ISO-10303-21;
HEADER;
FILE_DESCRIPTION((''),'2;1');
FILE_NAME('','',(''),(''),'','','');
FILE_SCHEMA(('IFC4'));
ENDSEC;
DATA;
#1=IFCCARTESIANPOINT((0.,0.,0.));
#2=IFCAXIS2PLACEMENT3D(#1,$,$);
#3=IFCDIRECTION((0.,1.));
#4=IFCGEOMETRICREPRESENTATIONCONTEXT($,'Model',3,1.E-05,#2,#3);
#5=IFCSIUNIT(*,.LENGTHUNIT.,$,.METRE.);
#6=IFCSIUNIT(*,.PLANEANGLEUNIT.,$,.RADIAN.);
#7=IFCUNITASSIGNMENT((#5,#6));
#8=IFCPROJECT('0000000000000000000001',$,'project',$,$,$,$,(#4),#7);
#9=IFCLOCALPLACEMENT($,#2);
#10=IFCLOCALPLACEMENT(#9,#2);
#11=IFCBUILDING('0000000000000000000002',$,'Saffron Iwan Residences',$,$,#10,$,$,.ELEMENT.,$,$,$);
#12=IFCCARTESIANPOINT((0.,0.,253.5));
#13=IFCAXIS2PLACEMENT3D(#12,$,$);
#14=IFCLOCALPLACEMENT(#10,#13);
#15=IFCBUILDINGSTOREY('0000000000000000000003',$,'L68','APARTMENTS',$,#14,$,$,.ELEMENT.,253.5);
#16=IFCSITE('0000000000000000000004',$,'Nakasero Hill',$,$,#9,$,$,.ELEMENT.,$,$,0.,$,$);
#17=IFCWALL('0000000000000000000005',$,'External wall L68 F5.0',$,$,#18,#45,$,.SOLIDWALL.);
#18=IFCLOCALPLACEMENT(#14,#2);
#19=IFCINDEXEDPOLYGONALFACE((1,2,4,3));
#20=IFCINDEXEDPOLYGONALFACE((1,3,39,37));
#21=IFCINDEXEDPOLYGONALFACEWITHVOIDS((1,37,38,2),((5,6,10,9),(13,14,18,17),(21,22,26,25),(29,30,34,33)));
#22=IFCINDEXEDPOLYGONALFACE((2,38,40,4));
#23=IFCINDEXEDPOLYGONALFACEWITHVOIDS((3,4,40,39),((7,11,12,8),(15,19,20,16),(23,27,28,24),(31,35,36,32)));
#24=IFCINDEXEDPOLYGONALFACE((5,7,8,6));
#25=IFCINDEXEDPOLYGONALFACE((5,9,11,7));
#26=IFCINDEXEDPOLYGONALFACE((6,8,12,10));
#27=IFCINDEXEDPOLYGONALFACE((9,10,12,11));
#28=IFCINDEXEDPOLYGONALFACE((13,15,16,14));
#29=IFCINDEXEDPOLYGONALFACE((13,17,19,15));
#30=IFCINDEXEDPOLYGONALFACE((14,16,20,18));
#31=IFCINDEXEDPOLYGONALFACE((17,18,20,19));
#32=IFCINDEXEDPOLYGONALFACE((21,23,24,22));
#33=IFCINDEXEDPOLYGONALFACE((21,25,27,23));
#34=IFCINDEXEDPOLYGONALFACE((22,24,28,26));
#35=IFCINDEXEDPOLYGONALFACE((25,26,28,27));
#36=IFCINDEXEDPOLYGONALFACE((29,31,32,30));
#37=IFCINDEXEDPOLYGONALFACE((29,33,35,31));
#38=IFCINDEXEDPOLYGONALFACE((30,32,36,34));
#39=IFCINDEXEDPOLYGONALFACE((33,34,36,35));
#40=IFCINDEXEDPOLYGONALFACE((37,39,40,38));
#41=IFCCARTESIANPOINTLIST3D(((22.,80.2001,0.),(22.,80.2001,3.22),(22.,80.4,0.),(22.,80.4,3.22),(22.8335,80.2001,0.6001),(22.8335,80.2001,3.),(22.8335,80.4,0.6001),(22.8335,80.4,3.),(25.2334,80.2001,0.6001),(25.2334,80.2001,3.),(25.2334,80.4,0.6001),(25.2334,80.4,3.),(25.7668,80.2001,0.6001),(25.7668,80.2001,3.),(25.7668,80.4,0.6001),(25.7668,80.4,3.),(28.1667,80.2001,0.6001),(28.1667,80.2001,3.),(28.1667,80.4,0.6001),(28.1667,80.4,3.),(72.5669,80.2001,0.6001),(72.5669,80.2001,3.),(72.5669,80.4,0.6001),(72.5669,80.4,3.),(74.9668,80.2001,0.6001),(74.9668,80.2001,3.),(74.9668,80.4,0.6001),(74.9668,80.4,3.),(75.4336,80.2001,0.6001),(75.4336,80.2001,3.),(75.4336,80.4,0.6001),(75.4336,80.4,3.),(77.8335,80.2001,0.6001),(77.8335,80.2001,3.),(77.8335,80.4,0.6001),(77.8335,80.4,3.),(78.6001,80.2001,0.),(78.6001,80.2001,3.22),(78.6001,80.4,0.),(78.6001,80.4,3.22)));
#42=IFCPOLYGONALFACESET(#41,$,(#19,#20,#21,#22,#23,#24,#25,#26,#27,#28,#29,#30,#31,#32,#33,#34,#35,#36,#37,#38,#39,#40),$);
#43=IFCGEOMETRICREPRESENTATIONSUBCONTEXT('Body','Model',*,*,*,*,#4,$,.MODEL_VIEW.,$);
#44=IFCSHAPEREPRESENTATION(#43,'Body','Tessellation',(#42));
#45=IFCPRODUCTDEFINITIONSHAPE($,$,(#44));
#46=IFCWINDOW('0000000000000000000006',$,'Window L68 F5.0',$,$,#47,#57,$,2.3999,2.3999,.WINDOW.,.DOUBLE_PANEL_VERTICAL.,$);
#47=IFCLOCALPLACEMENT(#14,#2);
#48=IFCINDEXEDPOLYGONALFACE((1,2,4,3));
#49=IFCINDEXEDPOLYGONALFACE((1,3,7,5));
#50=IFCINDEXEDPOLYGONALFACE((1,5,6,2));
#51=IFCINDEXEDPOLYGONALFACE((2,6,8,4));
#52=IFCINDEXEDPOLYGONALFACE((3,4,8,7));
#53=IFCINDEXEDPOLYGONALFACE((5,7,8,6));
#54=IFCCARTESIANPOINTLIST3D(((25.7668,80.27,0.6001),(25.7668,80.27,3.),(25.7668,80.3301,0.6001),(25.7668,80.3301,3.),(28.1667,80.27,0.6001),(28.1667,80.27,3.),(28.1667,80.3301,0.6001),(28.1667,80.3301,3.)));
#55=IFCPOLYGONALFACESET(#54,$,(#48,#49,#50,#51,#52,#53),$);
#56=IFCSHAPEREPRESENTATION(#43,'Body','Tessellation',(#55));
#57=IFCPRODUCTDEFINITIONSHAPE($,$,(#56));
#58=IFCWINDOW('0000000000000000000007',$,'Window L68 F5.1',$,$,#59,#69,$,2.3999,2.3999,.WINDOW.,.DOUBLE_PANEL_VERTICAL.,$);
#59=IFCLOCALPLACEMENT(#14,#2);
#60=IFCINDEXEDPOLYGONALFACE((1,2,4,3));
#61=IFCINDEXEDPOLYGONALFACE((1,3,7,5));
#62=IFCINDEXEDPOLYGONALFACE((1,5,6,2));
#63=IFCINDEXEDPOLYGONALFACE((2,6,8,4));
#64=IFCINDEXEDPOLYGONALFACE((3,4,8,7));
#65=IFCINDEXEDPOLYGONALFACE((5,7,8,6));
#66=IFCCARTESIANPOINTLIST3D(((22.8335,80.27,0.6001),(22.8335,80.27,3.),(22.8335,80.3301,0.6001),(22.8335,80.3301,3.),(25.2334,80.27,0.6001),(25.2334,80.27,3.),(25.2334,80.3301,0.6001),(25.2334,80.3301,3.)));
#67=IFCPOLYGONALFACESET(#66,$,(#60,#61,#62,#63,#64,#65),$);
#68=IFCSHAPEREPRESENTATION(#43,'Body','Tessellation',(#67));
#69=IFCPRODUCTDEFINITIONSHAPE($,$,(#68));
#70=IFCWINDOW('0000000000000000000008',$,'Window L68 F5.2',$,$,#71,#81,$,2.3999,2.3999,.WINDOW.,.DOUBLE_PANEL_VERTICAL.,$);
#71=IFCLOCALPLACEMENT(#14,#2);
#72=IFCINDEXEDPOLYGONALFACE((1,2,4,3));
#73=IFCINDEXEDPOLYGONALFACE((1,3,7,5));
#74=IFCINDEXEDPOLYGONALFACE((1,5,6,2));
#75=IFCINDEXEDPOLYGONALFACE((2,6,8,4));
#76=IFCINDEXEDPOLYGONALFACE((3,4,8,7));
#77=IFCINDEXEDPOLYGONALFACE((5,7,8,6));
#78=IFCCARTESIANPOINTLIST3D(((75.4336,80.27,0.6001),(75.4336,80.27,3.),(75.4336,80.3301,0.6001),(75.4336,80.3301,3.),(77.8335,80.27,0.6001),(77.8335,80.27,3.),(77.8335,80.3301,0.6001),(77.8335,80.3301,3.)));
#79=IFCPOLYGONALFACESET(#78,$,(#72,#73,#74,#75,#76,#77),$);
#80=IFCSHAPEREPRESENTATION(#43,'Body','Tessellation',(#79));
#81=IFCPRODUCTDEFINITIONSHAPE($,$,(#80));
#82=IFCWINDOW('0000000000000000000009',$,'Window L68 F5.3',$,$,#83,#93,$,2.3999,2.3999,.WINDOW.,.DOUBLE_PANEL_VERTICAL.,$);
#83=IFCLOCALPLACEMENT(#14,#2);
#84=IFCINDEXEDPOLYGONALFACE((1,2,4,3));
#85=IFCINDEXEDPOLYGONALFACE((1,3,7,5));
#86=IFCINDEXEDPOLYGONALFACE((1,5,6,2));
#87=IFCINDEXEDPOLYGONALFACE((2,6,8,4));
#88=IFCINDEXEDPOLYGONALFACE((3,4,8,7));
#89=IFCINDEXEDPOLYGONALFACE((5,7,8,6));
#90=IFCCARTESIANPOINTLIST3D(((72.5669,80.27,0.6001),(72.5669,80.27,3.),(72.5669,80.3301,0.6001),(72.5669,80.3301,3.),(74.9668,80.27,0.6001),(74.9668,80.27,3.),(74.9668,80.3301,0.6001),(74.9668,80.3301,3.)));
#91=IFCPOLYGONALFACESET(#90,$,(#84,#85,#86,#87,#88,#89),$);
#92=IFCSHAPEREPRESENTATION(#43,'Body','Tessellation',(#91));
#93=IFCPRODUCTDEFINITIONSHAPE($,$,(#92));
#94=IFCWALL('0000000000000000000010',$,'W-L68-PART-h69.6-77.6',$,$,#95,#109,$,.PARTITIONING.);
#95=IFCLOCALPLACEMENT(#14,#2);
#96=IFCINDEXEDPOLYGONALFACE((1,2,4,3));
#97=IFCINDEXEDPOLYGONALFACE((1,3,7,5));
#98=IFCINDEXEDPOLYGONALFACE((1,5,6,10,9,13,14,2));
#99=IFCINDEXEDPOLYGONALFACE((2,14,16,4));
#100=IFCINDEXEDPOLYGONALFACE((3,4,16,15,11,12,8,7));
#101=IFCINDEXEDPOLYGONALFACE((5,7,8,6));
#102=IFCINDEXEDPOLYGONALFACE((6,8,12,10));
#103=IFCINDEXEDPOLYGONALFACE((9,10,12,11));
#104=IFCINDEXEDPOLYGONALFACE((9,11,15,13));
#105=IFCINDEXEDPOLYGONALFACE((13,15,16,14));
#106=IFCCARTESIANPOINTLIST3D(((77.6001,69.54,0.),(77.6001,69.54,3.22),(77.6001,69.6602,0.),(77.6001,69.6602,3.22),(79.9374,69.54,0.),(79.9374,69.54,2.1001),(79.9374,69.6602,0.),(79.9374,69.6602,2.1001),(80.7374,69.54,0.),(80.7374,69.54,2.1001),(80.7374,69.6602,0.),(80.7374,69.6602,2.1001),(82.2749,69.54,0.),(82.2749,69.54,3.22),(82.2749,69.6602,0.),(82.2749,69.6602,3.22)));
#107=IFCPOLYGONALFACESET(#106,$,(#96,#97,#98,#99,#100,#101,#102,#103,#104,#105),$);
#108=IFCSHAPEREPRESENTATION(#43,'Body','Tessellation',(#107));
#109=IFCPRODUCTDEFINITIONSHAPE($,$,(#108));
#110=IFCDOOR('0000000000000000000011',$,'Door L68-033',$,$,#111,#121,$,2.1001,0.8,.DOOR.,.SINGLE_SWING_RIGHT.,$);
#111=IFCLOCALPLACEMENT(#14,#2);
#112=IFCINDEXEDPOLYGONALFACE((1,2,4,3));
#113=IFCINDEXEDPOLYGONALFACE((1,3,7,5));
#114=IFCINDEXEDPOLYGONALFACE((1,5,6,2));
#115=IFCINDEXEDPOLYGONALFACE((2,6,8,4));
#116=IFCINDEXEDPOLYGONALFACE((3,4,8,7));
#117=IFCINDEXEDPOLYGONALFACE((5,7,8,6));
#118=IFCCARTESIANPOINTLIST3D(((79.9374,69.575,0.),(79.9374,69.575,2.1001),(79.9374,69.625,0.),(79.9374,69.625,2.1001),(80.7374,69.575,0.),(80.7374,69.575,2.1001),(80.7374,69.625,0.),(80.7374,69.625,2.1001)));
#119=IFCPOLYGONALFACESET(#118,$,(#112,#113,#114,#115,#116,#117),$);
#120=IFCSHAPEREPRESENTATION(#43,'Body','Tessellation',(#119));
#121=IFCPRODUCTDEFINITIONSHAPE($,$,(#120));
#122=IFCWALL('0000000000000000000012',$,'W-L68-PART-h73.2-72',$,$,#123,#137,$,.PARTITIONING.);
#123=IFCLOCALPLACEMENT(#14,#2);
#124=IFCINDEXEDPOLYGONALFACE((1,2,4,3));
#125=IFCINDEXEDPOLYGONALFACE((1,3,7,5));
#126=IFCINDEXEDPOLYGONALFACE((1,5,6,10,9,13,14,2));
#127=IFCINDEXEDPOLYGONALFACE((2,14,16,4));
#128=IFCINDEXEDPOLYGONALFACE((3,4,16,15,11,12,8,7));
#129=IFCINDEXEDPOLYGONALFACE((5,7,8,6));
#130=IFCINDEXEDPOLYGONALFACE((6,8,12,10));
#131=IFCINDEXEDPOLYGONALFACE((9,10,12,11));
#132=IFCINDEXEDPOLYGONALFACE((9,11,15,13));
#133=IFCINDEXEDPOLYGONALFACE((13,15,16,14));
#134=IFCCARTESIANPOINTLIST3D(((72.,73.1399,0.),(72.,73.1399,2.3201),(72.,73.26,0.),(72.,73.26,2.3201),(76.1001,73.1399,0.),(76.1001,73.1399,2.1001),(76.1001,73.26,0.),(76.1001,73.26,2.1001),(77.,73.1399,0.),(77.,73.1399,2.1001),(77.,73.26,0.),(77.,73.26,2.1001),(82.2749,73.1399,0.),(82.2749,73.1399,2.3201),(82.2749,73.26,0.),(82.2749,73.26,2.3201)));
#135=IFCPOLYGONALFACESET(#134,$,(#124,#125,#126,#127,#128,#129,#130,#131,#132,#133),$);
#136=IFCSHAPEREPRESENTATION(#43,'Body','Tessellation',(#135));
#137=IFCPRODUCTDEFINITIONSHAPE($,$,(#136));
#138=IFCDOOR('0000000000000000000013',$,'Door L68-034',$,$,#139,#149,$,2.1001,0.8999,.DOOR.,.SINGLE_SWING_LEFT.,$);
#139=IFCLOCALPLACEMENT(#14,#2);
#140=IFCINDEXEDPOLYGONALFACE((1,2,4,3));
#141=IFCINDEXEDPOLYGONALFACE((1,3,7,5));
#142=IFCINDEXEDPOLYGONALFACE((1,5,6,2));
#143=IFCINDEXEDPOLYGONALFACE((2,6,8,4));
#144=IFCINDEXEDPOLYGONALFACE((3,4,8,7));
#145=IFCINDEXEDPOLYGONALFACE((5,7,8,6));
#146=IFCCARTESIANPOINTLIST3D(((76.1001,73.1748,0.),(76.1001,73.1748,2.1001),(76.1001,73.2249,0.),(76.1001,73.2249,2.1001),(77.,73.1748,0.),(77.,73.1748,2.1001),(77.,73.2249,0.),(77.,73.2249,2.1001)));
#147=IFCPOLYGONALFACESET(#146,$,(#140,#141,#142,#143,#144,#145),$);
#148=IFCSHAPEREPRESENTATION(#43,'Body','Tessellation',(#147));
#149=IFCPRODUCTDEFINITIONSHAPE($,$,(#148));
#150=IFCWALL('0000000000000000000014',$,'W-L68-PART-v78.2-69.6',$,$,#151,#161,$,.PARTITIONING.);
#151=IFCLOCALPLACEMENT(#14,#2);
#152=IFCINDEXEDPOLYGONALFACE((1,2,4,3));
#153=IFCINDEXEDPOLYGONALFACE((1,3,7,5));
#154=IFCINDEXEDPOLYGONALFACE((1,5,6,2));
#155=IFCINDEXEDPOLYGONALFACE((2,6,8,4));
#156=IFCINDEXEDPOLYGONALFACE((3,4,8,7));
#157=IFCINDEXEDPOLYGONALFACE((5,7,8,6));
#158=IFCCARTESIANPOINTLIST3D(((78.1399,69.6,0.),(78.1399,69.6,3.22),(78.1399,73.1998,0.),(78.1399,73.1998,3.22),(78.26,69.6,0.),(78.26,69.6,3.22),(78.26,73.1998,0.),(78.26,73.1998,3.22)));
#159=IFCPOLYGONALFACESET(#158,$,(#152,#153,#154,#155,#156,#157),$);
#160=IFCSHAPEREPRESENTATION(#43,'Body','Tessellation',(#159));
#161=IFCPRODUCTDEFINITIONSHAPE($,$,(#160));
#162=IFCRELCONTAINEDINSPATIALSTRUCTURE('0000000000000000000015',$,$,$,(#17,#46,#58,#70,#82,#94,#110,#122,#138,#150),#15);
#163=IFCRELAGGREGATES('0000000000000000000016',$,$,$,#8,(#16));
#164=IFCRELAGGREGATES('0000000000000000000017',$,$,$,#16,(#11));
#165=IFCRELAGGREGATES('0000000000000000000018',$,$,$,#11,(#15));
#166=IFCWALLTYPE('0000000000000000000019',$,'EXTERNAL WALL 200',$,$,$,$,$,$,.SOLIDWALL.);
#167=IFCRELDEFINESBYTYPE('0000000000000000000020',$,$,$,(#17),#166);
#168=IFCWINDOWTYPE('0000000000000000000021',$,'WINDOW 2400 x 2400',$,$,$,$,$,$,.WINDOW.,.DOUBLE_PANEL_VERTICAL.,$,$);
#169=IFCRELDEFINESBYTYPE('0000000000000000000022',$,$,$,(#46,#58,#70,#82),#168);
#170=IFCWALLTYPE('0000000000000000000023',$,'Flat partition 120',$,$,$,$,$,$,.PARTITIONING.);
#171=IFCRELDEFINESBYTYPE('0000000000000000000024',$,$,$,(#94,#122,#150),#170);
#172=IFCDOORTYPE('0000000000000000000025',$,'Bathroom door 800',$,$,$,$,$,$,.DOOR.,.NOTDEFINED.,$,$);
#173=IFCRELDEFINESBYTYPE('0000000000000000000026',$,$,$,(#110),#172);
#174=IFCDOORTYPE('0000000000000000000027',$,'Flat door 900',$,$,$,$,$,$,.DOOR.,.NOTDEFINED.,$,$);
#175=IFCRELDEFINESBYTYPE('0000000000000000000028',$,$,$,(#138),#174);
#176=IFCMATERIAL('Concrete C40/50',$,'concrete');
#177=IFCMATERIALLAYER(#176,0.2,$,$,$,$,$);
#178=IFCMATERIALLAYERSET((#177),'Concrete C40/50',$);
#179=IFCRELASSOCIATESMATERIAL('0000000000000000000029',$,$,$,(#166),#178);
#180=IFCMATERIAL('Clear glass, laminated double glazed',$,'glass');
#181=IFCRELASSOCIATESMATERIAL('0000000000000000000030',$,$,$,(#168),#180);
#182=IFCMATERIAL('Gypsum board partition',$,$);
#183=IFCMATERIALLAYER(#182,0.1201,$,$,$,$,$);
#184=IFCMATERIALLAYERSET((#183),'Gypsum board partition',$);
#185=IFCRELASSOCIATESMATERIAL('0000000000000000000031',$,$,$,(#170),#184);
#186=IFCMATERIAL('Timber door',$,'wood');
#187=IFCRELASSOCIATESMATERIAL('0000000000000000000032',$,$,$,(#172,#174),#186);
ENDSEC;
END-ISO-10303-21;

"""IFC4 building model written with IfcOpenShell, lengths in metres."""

from ifc_helpers import new_model, si_unit, direction, frame, frame_2d, origin, place, context, subcontext, project, spatial, rectangle, extrude, material, layer, layer_set, type_object, element, fill, save


model = new_model("IFC4")

# Units and contexts
model_context = context("Model", 3, precision=1e-05, world=origin(), true_north=direction((0.0, 1.0)))
body_context = subcontext(model_context, "Body", "Model", "MODEL_VIEW")
ifc_project = project(units=[si_unit("LENGTHUNIT", "METRE"), si_unit("PLANEANGLEUNIT", "RADIAN")], contexts=[model_context])

# Site, building, storey
site_placement = place(None, origin())
site = spatial("IfcSite", under=ifc_project, at=site_placement, Name="Nakasero Hill", CompositionType="ELEMENT", RefElevation=0.0)
building_placement = place(site_placement, origin())
building = spatial("IfcBuilding", under=site, at=building_placement, Name="Saffron Iwan Residences", CompositionType="ELEMENT")
storey_placement = place(building_placement, frame((0.0, 0.0, 253.5)))
storey = spatial("IfcBuildingStorey", under=building, at=storey_placement, Name="L68", Description="APARTMENTS", CompositionType="ELEMENT", Elevation=253.5)

# Shared definitions
ifc_material_1 = material(Name="Concrete C40/50", Category="concrete")

# Shared definitions
ifc_layer_1 = layer(ifc_material_1, 0.2)
ifc_layer_set_1 = layer_set([ifc_layer_1], Name="Concrete C40/50")
wall_type_1 = type_object("IfcWallType", Name="EXTERNAL WALL 200", PredefinedType="SOLIDWALL", material=ifc_layer_set_1)
ifc_material_2 = material(Name="Clear glass, laminated double glazed", Category="glass")
window_type_1 = type_object("IfcWindowType", Name="WINDOW 2400 x 2400", PartitioningType="DOUBLE_PANEL_VERTICAL", PredefinedType="WINDOW", material=ifc_material_2)

# Wall, openings, windows
wall_1_placement = place(storey_placement, frame((78.6001, 80.3, 0.0), z_axis=(0.0, 0.0, 1.0), x_axis=(-1.0, 0.0, 0.0)))
wall_1 = element("IfcWall", 1, at=wall_1_placement, inside=storey, type_object=wall_type_1, Name="External wall L68 F5.0", PredefinedType="SOLIDWALL", context=body_context, shape_type="SweptSolid", body=[
    extrude(rectangle(XDim=56.6001, YDim=0.2, at=frame_2d((28.3, 0.0))), origin(), (0.0, 0.0, 1.0), 3.22),
])
opening_1_placement = place(wall_1_placement, frame((50.4333, 0.0, 0.6001)))
opening_1 = element("IfcOpeningElement", 2, at=opening_1_placement, cuts=wall_1, PredefinedType="OPENING", context=body_context, shape_type="SweptSolid", body=[
    extrude(rectangle(XDim=2.3999, YDim=2.3999, at=frame_2d((1.2, 1.2))), frame((0.0, 0.1099, 0.0), z_axis=(0.0, -1.0, 0.0), x_axis=(1.0, 0.0, 0.0)), (0.0, 0.0, 1.0), 0.22),
])
opening_2_placement = place(wall_1_placement, frame((53.3667, 0.0, 0.6001)))
opening_2 = element("IfcOpeningElement", 3, at=opening_2_placement, cuts=wall_1, PredefinedType="OPENING", context=body_context, shape_type="SweptSolid", body=[
    extrude(rectangle(XDim=2.3999, YDim=2.3999, at=frame_2d((1.2, 1.2))), frame((0.0, 0.1099, 0.0), z_axis=(0.0, -1.0, 0.0), x_axis=(1.0, 0.0, 0.0)), (0.0, 0.0, 1.0), 0.22),
])
opening_3_placement = place(wall_1_placement, frame((0.7666, 0.0, 0.6001)))
opening_3 = element("IfcOpeningElement", 4, at=opening_3_placement, cuts=wall_1, PredefinedType="OPENING", context=body_context, shape_type="SweptSolid", body=[
    extrude(rectangle(XDim=2.3999, YDim=2.3999, at=frame_2d((1.2, 1.2))), frame((0.0, 0.1099, 0.0), z_axis=(0.0, -1.0, 0.0), x_axis=(1.0, 0.0, 0.0)), (0.0, 0.0, 1.0), 0.22),
])
opening_4_placement = place(wall_1_placement, frame((3.6333, 0.0, 0.6001)))
opening_4 = element("IfcOpeningElement", 5, at=opening_4_placement, cuts=wall_1, PredefinedType="OPENING", context=body_context, shape_type="SweptSolid", body=[
    extrude(rectangle(XDim=2.3999, YDim=2.3999, at=frame_2d((1.2, 1.2))), frame((0.0, 0.1099, 0.0), z_axis=(0.0, -1.0, 0.0), x_axis=(1.0, 0.0, 0.0)), (0.0, 0.0, 1.0), 0.22),
])
window_1_placement = place(opening_1_placement, origin())
window_1 = element("IfcWindow", 6, at=window_1_placement, inside=storey, type_object=window_type_1, Name="Window L68 F5.0", OverallHeight=2.3999, OverallWidth=2.3999, PartitioningType="DOUBLE_PANEL_VERTICAL", PredefinedType="WINDOW", context=body_context, shape_type="SweptSolid", body=[
    extrude(rectangle(XDim=2.3999, YDim=2.3999, at=frame_2d((1.2, 1.2))), frame((0.0, 0.03, 0.0), z_axis=(0.0, -1.0, 0.0), x_axis=(1.0, 0.0, 0.0)), (0.0, 0.0, 1.0), 0.0601),
])
fill(opening_1, window_1)
window_2_placement = place(opening_2_placement, origin())
window_2 = element("IfcWindow", 7, at=window_2_placement, inside=storey, type_object=window_type_1, Name="Window L68 F5.1", OverallHeight=2.3999, OverallWidth=2.3999, PartitioningType="DOUBLE_PANEL_VERTICAL", PredefinedType="WINDOW", context=body_context, shape_type="SweptSolid", body=[
    extrude(rectangle(XDim=2.3999, YDim=2.3999, at=frame_2d((1.2, 1.2))), frame((0.0, 0.03, 0.0), z_axis=(0.0, -1.0, 0.0), x_axis=(1.0, 0.0, 0.0)), (0.0, 0.0, 1.0), 0.0601),
])
fill(opening_2, window_2)
window_3_placement = place(opening_3_placement, origin())
window_3 = element("IfcWindow", 8, at=window_3_placement, inside=storey, type_object=window_type_1, Name="Window L68 F5.2", OverallHeight=2.3999, OverallWidth=2.3999, PartitioningType="DOUBLE_PANEL_VERTICAL", PredefinedType="WINDOW", context=body_context, shape_type="SweptSolid", body=[
    extrude(rectangle(XDim=2.3999, YDim=2.3999, at=frame_2d((1.2, 1.2))), frame((0.0, 0.03, 0.0), z_axis=(0.0, -1.0, 0.0), x_axis=(1.0, 0.0, 0.0)), (0.0, 0.0, 1.0), 0.0601),
])
fill(opening_3, window_3)
window_4_placement = place(opening_4_placement, origin())
window_4 = element("IfcWindow", 9, at=window_4_placement, inside=storey, type_object=window_type_1, Name="Window L68 F5.3", OverallHeight=2.3999, OverallWidth=2.3999, PartitioningType="DOUBLE_PANEL_VERTICAL", PredefinedType="WINDOW", context=body_context, shape_type="SweptSolid", body=[
    extrude(rectangle(XDim=2.3999, YDim=2.3999, at=frame_2d((1.2, 1.2))), frame((0.0, 0.03, 0.0), z_axis=(0.0, -1.0, 0.0), x_axis=(1.0, 0.0, 0.0)), (0.0, 0.0, 1.0), 0.0601),
])
fill(opening_4, window_4)

# Walls, openings, doors
ifc_material_3 = material(Name="Gypsum board partition")
ifc_layer_2 = layer(ifc_material_3, 0.1201)
ifc_layer_set_2 = layer_set([ifc_layer_2], Name="Gypsum board partition")
wall_type_2 = type_object("IfcWallType", Name="Flat partition 120", PredefinedType="PARTITIONING", material=ifc_layer_set_2)
wall_2_placement = place(storey_placement, frame((77.6001, 69.6001, 0.0), z_axis=(0.0, 0.0, 1.0), x_axis=(1.0, 0.0, 0.0)))
wall_2 = element("IfcWall", 10, at=wall_2_placement, inside=storey, type_object=wall_type_2, Name="W-L68-PART-h69.6-77.6", PredefinedType="PARTITIONING", context=body_context, shape_type="SweptSolid", body=[
    extrude(rectangle(XDim=4.6748, YDim=0.1201, at=frame_2d((2.3374, 0.0))), origin(), (0.0, 0.0, 1.0), 3.22),
])
opening_5_placement = place(wall_2_placement, frame((2.3374, 0.0, 0.0)))
opening_5 = element("IfcOpeningElement", 11, at=opening_5_placement, cuts=wall_2, PredefinedType="OPENING", context=body_context, shape_type="SweptSolid", body=[
    extrude(rectangle(XDim=0.8, YDim=2.1001, at=frame_2d((0.3999, 1.05))), frame((0.0, 0.0701, 0.0), z_axis=(0.0, -1.0, 0.0), x_axis=(1.0, 0.0, 0.0)), (0.0, 0.0, 1.0), 0.1401),
])
ifc_material_4 = material(Name="Timber door", Category="wood")
door_type_1 = type_object("IfcDoorType", Name="Bathroom door 800", OperationType="NOTDEFINED", PredefinedType="DOOR", material=ifc_material_4)
door_1_placement = place(opening_5_placement, origin())
door_1 = element("IfcDoor", 12, at=door_1_placement, inside=storey, type_object=door_type_1, Name="Door L68-033", OperationType="SINGLE_SWING_RIGHT", OverallHeight=2.1001, OverallWidth=0.8, PredefinedType="DOOR", context=body_context, shape_type="SweptSolid", body=[
    extrude(rectangle(XDim=0.8, YDim=2.1001, at=frame_2d((0.3999, 1.05))), frame((0.0, 0.0249, 0.0), z_axis=(0.0, -1.0, 0.0), x_axis=(1.0, 0.0, 0.0)), (0.0, 0.0, 1.0), 0.05),
])
fill(opening_5, door_1)
wall_3_placement = place(storey_placement, frame((72.0, 73.2, 0.0), z_axis=(0.0, 0.0, 1.0), x_axis=(1.0, 0.0, 0.0)))
wall_3 = element("IfcWall", 13, at=wall_3_placement, inside=storey, type_object=wall_type_2, Name="W-L68-PART-h73.2-72", PredefinedType="PARTITIONING", context=body_context, shape_type="SweptSolid", body=[
    extrude(rectangle(XDim=10.2749, YDim=0.1201, at=frame_2d((5.1375, 0.0))), origin(), (0.0, 0.0, 1.0), 2.3201),
])
opening_6_placement = place(wall_3_placement, frame((4.1001, 0.0, 0.0)))
opening_6 = element("IfcOpeningElement", 14, at=opening_6_placement, cuts=wall_3, PredefinedType="OPENING", context=body_context, shape_type="SweptSolid", body=[
    extrude(rectangle(XDim=0.8999, YDim=2.1001, at=frame_2d((0.45, 1.05))), frame((0.0, 0.0701, 0.0), z_axis=(0.0, -1.0, 0.0), x_axis=(1.0, 0.0, 0.0)), (0.0, 0.0, 1.0), 0.1401),
])
door_type_2 = type_object("IfcDoorType", Name="Flat door 900", OperationType="NOTDEFINED", PredefinedType="DOOR", material=ifc_material_4)
door_2_placement = place(opening_6_placement, origin())
door_2 = element("IfcDoor", 15, at=door_2_placement, inside=storey, type_object=door_type_2, Name="Door L68-034", OperationType="SINGLE_SWING_LEFT", OverallHeight=2.1001, OverallWidth=0.8999, PredefinedType="DOOR", context=body_context, shape_type="SweptSolid", body=[
    extrude(rectangle(XDim=0.8999, YDim=2.1001, at=frame_2d((0.45, 1.05))), frame((0.0, 0.0249, 0.0), z_axis=(0.0, -1.0, 0.0), x_axis=(1.0, 0.0, 0.0)), (0.0, 0.0, 1.0), 0.05),
])
fill(opening_6, door_2)

# Wall
wall_4_placement = place(storey_placement, frame((78.2, 69.6001, 0.0), z_axis=(0.0, 0.0, 1.0), x_axis=(0.0, 1.0, 0.0)))
element("IfcWall", 16, at=wall_4_placement, inside=storey, type_object=wall_type_2, Name="W-L68-PART-v78.2-69.6", PredefinedType="PARTITIONING", context=body_context, shape_type="SweptSolid", body=[
    extrude(rectangle(XDim=3.5999, YDim=0.1201, at=frame_2d((1.7998, 0.0))), origin(), (0.0, 0.0, 1.0), 3.22),
])

save(model, "model.ifc")
